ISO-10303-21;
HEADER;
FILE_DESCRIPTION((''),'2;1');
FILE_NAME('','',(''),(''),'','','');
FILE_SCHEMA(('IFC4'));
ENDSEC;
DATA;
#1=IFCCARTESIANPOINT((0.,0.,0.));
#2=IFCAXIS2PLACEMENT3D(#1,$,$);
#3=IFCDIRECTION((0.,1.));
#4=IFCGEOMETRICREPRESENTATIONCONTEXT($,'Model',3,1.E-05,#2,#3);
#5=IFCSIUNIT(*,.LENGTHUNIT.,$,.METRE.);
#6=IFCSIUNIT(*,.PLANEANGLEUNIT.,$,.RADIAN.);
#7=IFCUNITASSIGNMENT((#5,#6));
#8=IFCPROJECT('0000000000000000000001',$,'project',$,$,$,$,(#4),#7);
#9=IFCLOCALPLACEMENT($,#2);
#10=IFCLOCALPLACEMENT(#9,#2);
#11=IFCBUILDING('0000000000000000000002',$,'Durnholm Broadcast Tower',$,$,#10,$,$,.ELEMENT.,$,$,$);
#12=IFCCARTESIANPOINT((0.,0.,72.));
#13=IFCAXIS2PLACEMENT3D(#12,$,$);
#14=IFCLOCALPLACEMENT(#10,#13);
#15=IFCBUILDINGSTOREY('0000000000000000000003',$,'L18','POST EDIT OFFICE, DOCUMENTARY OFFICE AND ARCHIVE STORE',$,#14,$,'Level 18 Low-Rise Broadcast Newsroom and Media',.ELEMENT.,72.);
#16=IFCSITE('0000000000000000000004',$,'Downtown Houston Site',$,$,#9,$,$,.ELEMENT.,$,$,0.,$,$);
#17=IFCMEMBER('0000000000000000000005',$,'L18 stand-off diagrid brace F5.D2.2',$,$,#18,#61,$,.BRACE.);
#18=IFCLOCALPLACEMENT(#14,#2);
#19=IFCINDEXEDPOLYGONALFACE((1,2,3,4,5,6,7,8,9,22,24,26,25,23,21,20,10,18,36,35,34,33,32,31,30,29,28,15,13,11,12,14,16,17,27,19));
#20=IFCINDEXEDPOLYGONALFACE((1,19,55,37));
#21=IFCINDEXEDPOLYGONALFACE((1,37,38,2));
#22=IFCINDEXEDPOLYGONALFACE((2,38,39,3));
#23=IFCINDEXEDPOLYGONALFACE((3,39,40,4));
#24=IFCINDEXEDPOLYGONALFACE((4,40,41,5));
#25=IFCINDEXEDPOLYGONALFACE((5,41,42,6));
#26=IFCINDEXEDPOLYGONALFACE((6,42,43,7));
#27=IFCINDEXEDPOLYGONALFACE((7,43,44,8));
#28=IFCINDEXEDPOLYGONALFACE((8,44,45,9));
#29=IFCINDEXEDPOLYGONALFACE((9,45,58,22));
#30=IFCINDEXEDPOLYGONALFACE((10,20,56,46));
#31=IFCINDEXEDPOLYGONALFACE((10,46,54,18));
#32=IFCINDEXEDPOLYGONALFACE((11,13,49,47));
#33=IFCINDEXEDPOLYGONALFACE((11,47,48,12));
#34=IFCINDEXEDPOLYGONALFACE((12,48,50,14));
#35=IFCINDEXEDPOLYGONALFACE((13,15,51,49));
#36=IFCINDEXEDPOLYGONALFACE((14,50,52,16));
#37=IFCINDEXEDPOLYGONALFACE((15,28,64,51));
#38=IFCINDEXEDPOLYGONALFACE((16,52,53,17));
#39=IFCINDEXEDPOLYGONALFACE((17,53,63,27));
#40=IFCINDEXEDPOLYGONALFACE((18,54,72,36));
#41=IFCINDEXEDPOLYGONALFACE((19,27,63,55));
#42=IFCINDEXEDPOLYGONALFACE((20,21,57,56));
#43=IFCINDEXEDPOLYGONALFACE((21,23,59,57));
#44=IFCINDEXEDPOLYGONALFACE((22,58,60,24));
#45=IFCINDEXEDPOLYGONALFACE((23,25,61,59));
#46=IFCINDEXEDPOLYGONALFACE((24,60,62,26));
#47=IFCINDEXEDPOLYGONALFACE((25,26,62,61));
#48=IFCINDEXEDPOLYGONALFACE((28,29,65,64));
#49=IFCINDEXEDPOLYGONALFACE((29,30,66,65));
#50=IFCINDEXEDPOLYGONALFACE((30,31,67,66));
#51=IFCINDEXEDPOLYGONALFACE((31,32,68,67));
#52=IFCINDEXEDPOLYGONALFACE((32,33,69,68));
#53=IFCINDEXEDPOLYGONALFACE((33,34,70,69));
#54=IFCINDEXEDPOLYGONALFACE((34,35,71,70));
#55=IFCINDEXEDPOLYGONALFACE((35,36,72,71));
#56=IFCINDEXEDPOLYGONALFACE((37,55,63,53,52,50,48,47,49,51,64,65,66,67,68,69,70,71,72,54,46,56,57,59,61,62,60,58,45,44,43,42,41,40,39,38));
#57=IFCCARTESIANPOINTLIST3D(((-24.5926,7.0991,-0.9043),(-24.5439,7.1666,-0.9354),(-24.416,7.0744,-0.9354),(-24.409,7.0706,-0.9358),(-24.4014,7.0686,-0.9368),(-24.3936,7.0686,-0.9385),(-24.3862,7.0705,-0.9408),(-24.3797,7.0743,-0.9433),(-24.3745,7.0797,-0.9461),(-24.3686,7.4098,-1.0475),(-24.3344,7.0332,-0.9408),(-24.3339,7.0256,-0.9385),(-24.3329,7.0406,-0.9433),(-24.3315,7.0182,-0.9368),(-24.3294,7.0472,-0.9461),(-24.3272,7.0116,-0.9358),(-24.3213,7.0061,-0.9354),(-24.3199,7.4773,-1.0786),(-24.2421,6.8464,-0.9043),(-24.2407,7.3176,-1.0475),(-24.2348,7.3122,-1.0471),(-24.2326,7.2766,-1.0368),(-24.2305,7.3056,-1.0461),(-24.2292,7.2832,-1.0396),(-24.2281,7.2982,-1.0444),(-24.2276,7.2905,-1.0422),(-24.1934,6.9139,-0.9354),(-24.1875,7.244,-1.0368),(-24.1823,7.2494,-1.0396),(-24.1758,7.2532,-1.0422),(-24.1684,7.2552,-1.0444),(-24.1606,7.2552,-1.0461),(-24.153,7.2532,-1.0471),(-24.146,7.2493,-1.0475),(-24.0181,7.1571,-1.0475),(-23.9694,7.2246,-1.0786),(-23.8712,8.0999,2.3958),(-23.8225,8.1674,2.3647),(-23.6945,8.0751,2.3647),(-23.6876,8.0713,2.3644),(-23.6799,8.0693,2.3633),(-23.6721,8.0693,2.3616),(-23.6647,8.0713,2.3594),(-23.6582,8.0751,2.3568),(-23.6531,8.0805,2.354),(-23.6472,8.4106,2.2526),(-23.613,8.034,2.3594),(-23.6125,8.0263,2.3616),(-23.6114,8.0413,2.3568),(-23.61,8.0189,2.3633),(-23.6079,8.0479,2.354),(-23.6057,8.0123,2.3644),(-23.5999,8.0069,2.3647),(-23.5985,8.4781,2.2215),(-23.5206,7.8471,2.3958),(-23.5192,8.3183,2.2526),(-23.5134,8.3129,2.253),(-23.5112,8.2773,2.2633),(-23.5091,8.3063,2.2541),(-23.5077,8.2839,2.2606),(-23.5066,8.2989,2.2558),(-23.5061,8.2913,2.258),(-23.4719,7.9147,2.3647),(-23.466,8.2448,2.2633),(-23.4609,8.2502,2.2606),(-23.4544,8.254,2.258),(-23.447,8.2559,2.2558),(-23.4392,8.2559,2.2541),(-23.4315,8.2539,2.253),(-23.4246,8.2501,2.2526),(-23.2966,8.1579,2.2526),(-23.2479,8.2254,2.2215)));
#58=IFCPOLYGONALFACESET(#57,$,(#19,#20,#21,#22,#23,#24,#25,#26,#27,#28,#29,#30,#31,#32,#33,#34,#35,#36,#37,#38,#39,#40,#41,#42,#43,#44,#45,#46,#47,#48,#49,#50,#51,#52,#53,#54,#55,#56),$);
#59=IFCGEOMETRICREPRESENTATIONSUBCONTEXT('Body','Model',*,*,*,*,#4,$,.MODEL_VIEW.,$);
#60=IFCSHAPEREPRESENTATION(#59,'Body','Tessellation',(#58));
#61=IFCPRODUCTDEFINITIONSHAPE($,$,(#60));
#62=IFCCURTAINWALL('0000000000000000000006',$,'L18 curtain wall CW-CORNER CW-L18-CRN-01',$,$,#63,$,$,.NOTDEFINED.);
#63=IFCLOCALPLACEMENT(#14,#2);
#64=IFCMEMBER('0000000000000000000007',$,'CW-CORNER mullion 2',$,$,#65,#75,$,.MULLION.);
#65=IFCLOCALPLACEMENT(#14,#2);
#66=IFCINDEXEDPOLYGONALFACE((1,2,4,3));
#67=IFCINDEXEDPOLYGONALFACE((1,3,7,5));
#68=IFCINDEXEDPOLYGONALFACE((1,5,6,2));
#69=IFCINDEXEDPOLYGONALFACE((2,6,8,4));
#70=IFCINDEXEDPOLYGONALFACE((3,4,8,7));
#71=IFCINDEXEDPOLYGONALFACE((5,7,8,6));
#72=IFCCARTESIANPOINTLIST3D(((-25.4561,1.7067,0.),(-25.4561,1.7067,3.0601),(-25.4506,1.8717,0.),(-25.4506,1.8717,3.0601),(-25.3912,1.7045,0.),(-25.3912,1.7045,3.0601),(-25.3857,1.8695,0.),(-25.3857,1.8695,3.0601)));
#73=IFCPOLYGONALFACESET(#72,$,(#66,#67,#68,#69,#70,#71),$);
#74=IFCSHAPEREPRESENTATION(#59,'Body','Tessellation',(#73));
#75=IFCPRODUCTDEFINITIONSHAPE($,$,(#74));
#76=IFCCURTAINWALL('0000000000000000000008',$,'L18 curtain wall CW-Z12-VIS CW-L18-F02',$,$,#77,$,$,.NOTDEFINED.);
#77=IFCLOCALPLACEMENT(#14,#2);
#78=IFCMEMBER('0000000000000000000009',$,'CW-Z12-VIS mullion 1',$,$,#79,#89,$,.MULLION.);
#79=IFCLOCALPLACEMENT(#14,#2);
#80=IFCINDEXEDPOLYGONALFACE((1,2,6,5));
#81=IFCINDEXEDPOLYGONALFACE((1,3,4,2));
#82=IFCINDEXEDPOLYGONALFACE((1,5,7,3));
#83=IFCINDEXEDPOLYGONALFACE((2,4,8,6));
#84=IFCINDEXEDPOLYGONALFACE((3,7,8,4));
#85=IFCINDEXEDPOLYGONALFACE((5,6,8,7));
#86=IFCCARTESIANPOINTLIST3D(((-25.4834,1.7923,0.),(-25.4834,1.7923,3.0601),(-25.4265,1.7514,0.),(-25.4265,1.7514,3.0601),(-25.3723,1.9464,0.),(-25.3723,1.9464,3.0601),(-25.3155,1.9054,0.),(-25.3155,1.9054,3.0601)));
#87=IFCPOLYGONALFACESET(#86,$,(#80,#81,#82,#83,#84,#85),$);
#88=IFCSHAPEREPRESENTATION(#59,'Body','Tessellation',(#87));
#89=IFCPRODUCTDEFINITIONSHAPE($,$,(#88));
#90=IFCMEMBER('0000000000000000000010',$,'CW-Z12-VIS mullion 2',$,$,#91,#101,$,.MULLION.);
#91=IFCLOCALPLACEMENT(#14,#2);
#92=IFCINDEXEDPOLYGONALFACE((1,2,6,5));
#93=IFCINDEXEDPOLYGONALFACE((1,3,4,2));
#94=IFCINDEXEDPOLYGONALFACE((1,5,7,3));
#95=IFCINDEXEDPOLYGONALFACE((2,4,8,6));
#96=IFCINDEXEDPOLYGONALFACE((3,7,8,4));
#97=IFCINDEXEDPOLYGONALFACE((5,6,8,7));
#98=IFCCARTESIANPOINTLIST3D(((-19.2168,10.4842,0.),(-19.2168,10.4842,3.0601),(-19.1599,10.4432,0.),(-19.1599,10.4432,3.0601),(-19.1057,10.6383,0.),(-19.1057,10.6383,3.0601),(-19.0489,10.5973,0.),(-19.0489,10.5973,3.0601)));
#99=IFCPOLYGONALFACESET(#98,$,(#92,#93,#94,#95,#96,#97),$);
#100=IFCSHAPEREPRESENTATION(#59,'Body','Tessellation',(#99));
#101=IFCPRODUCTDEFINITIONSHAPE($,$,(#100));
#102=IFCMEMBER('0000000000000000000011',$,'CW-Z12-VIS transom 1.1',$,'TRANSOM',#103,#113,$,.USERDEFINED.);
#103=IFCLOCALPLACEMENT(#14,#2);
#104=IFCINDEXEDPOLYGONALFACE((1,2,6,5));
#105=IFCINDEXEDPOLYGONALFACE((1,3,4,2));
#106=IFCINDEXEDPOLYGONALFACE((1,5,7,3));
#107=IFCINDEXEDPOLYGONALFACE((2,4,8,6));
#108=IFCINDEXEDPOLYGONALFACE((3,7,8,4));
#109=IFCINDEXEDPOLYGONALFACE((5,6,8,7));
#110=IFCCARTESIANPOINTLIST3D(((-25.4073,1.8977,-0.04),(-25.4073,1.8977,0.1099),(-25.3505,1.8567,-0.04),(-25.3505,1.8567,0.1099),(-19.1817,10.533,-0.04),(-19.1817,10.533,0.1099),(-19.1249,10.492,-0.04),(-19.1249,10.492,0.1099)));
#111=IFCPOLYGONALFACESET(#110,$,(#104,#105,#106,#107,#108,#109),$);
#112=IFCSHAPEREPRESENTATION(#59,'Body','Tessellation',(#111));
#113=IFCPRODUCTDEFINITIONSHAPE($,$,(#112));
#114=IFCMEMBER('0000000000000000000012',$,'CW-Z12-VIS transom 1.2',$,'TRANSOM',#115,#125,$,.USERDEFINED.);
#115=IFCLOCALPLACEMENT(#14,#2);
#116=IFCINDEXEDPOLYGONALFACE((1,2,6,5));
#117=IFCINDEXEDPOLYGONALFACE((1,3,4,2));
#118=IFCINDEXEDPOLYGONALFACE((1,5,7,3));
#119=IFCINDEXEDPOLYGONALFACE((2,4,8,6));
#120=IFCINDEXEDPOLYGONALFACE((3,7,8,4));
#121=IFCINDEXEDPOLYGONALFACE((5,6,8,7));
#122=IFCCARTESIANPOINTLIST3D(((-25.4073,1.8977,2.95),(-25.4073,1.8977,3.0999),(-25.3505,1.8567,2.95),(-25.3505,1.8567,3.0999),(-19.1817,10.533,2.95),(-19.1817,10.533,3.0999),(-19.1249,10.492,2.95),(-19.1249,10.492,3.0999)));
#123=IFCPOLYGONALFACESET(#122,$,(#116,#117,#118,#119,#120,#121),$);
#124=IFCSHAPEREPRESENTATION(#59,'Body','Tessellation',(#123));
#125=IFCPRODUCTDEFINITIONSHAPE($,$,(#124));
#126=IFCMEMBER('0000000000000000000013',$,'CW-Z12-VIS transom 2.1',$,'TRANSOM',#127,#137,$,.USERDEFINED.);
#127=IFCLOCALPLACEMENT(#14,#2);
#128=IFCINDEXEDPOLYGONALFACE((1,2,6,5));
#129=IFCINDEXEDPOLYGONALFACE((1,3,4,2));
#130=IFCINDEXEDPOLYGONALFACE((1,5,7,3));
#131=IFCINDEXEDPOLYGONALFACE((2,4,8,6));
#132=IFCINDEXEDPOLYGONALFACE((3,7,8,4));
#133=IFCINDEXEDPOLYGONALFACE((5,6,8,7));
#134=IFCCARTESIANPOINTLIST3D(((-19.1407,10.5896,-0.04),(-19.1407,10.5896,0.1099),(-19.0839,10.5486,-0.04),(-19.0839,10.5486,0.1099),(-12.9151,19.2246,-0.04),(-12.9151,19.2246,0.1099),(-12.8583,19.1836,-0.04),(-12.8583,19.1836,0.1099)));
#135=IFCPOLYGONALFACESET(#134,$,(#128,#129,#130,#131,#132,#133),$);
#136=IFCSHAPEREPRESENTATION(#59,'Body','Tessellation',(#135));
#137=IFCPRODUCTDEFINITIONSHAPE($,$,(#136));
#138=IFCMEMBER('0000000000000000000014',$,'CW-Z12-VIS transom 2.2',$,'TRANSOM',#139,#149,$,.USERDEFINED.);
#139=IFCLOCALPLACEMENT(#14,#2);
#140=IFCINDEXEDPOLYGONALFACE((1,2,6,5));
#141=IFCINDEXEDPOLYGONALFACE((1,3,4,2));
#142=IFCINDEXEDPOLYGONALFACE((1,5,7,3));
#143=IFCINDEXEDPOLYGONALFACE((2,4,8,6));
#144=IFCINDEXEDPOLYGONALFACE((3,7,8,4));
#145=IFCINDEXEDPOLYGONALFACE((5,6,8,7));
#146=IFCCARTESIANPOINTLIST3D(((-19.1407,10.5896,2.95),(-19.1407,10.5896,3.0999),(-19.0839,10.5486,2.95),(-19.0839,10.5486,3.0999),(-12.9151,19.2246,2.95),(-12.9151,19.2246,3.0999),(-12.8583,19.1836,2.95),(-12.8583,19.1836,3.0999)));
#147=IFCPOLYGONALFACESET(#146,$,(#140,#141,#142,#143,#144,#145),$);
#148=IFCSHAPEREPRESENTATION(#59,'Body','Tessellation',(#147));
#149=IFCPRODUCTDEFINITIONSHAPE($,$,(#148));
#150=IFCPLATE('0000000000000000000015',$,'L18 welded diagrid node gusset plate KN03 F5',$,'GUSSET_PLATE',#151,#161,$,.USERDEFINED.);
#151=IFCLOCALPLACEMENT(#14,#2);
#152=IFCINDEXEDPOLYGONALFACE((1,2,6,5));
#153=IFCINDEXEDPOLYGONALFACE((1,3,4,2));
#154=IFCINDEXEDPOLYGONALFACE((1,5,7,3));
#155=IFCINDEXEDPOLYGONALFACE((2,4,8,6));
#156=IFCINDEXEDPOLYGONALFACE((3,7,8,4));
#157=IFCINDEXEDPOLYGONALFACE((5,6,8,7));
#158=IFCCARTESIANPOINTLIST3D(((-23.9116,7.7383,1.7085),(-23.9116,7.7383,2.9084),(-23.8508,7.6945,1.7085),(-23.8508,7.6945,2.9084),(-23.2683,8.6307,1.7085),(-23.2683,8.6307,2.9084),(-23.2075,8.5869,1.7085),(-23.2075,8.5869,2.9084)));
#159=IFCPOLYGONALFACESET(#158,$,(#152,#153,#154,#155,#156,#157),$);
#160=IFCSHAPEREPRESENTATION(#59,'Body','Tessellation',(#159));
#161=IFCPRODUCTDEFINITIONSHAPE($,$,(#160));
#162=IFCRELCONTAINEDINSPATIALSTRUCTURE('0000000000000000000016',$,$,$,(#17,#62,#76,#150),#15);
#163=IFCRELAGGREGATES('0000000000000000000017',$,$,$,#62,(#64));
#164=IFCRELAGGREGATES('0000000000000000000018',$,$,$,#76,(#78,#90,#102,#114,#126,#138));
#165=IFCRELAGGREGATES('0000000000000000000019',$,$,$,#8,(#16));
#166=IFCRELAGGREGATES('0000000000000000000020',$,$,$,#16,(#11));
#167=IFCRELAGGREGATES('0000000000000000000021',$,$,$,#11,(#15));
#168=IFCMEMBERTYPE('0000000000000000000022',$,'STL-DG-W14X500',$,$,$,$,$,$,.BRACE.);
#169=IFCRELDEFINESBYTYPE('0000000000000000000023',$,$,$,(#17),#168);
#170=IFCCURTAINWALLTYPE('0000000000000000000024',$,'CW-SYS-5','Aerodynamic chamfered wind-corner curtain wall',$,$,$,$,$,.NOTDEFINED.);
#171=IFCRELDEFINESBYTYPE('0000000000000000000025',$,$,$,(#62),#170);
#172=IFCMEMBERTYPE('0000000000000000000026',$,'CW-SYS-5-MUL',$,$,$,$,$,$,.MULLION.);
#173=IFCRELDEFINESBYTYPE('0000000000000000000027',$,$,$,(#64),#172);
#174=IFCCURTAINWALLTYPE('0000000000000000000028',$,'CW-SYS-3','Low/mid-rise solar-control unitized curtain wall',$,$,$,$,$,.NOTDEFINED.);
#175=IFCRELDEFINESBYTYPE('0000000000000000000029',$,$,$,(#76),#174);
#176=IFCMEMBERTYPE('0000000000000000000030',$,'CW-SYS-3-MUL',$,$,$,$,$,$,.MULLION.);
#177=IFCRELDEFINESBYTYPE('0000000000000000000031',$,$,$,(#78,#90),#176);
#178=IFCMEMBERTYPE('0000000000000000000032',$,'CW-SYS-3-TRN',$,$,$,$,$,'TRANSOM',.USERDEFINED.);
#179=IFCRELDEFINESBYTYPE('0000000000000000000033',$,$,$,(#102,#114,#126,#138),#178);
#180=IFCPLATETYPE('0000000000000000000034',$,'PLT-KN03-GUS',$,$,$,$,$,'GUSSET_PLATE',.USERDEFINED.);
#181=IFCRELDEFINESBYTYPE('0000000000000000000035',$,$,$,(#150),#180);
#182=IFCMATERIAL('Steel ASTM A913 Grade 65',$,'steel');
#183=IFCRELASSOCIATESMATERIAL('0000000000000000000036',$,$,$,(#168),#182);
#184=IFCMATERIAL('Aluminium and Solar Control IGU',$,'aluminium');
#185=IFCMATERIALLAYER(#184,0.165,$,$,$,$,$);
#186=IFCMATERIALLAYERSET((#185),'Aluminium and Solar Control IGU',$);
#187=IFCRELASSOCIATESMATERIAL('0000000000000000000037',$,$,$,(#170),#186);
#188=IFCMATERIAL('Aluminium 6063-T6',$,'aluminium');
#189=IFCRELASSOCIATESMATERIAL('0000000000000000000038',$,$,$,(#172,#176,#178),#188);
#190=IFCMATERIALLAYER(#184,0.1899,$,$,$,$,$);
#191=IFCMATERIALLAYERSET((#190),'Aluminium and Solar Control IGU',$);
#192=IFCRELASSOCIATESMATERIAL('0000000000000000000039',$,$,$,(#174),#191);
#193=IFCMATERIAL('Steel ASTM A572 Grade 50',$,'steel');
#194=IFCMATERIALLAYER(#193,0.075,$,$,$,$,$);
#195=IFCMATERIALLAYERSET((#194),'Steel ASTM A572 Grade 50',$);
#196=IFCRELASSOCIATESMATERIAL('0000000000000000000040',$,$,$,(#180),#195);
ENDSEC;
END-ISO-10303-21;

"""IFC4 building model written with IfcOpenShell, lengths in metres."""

from ifc_helpers import new_model, si_unit, direction, frame, origin, origin_2d, place, context, subcontext, project, spatial, rectangle, i_section, extrude, source, transform, mapped, material, layer, layer_set, material_profile, profile_set, type_object, type_shapes, element, aggregate, save


model = new_model("IFC4")

# Units and contexts
model_context = context("Model", 3, precision=1e-05, world=origin(), true_north=direction((0.0, 1.0)))
body_context = subcontext(model_context, "Body", "Model", "MODEL_VIEW")
ifc_project = project(units=[si_unit("LENGTHUNIT", "METRE"), si_unit("PLANEANGLEUNIT", "RADIAN")], contexts=[model_context])

# Site, building, storey
site_placement = place(None, origin())
site = spatial("IfcSite", under=ifc_project, at=site_placement, Name="Downtown Houston Site", CompositionType="ELEMENT", RefElevation=0.0)
building_placement = place(site_placement, origin())
building = spatial("IfcBuilding", under=site, at=building_placement, Name="Durnholm Broadcast Tower", CompositionType="ELEMENT")
storey_placement = place(building_placement, frame((0.0, 0.0, 72.0)))
storey = spatial("IfcBuildingStorey", under=building, at=storey_placement, Name="L18", Description="POST EDIT OFFICE, DOCUMENTARY OFFICE AND ARCHIVE STORE", LongName="Level 18 Low-Rise Broadcast Newsroom and Media", CompositionType="ELEMENT", Elevation=72.0)

# Member
ifc_material_1 = material(Name="Steel ASTM A913 Grade 65", Category="steel")
ifc_material_profile_1 = material_profile(ifc_material_1, i_section(OverallWidth=0.4321, OverallDepth=0.4978, WebThickness=0.0557, FlangeThickness=0.0889, FilletRadius=0.0305, at=origin_2d()), Name="W14X500")
ifc_profile_set_1 = profile_set([ifc_material_profile_1], Name="Steel ASTM A913 Grade 65")
member_type_1 = type_object("IfcMemberType", Name="STL-DG-W14X500", PredefinedType="BRACE", material=ifc_profile_set_1)
shared_shape_1 = source(origin(), body_context, "Body", "SweptSolid", [
    extrude(i_section(OverallWidth=0.4321, OverallDepth=0.4978, WebThickness=0.0557, FlangeThickness=0.0889, FilletRadius=0.0305, at=origin_2d()), origin(), (0.0, 0.0, 1.0), 3.5232),
])
type_shapes(member_type_1, [shared_shape_1])
for number, where, z_axis, x_axis, name in (
    (1, (-24.281, 7.1619, -0.9915), (0.204773, 0.284049, 0.936688), (-0.811185, 0.584789, 0.0), "L18 stand-off diagrid brace F5.D2.2"),
):
    element("IfcMember", number, at=place(storey_placement, frame(where, z_axis=z_axis, x_axis=x_axis)), inside=storey, type_object=member_type_1, Name=name, PredefinedType="BRACE", context=body_context, shape_type="MappedRepresentation", body=[
        mapped(shared_shape_1, transform((0.0, 0.0, 0.0), x_axis=(1.0, 0.0, 0.0), y_axis=(0.0, 1.0, 0.0), z_axis=(0.0, 0.0, 1.0), scale=1.0)),
    ])

# Curtain wall, member
ifc_material_2 = material(Name="Aluminium and Solar Control IGU", Category="aluminium")
ifc_layer_1 = layer(ifc_material_2, 0.165)
ifc_layer_set_1 = layer_set([ifc_layer_1], Name="Aluminium and Solar Control IGU")
curtain_wall_type_1 = type_object("IfcCurtainWallType", Name="CW-SYS-5", Description="Aerodynamic chamfered wind-corner curtain wall", PredefinedType="NOTDEFINED", material=ifc_layer_set_1)
curtain_wall_1_placement = place(storey_placement, origin())
curtain_wall_1 = element("IfcCurtainWall", 2, at=curtain_wall_1_placement, inside=storey, type_object=curtain_wall_type_1, Name="L18 curtain wall CW-CORNER CW-L18-CRN-01", PredefinedType="NOTDEFINED")
ifc_material_3 = material(Name="Aluminium 6063-T6", Category="aluminium")
ifc_material_profile_2 = material_profile(ifc_material_3, rectangle(XDim=0.0649, YDim=0.165, at=origin_2d()), Name="CWM65X165")
ifc_profile_set_2 = profile_set([ifc_material_profile_2], Name="Aluminium 6063-T6")
member_type_2 = type_object("IfcMemberType", Name="CW-SYS-5-MUL", PredefinedType="MULLION", material=ifc_profile_set_2)
shared_shape_2 = source(origin(), body_context, "Body", "SweptSolid", [
    extrude(rectangle(XDim=0.0649, YDim=0.165, at=origin_2d()), origin(), (0.0, 0.0, 1.0), 3.0601),
])
type_shapes(member_type_2, [shared_shape_2])
member_1_placement = place(storey_placement, frame((-25.4209, 1.7881, 0.0), z_axis=(0.0, 0.0, 1.0), x_axis=(-0.999427, 0.03384, 0.0)))
member_1 = element("IfcMember", 3, at=member_1_placement, type_object=member_type_2, Name="CW-CORNER mullion 2", PredefinedType="MULLION", context=body_context, shape_type="MappedRepresentation", body=[
    mapped(shared_shape_2, transform((0.0, 0.0, 0.0), x_axis=(1.0, 0.0, 0.0), y_axis=(0.0, 1.0, 0.0), z_axis=(0.0, 0.0, 1.0), scale=1.0)),
])

# Curtain wall, members
ifc_layer_2 = layer(ifc_material_2, 0.1899)
ifc_layer_set_2 = layer_set([ifc_layer_2], Name="Aluminium and Solar Control IGU")
curtain_wall_type_2 = type_object("IfcCurtainWallType", Name="CW-SYS-3", Description="Low/mid-rise solar-control unitized curtain wall", PredefinedType="NOTDEFINED", material=ifc_layer_set_2)
curtain_wall_2_placement = place(storey_placement, origin())
curtain_wall_2 = element("IfcCurtainWall", 4, at=curtain_wall_2_placement, inside=storey, type_object=curtain_wall_type_2, Name="L18 curtain wall CW-Z12-VIS CW-L18-F02", PredefinedType="NOTDEFINED")
ifc_material_profile_3 = material_profile(ifc_material_3, rectangle(XDim=0.0701, YDim=0.1899, at=origin_2d()), Name="CWM70X190")
ifc_profile_set_3 = profile_set([ifc_material_profile_3], Name="Aluminium 6063-T6")
member_type_3 = type_object("IfcMemberType", Name="CW-SYS-3-MUL", PredefinedType="MULLION", material=ifc_profile_set_3)
shared_shape_3 = source(origin(), body_context, "Body", "SweptSolid", [
    extrude(rectangle(XDim=0.0701, YDim=0.1899, at=origin_2d()), origin(), (0.0, 0.0, 1.0), 3.0601),
])
type_shapes(member_type_3, [shared_shape_3])
member_2_placement = place(storey_placement, frame((-25.3994, 1.8489, 0.0), z_axis=(0.0, 0.0, 1.0), x_axis=(-0.811161, 0.584823, 0.0)))
member_2 = element("IfcMember", 5, at=member_2_placement, type_object=member_type_3, Name="CW-Z12-VIS mullion 1", PredefinedType="MULLION", context=body_context, shape_type="MappedRepresentation", body=[
    mapped(shared_shape_3, transform((0.0, 0.0, 0.0), x_axis=(1.0, 0.0, 0.0), y_axis=(0.0, 1.0, 0.0), z_axis=(0.0, 0.0, 1.0), scale=1.0)),
])
member_3_placement = place(storey_placement, frame((-19.1328, 10.5408, 0.0), z_axis=(0.0, 0.0, 1.0), x_axis=(-0.811161, 0.584823, 0.0)))
member_3 = element("IfcMember", 6, at=member_3_placement, type_object=member_type_3, Name="CW-Z12-VIS mullion 2", PredefinedType="MULLION", context=body_context, shape_type="MappedRepresentation", body=[
    mapped(shared_shape_3, transform((0.0, 0.0, 0.0), x_axis=(1.0, 0.0, 0.0), y_axis=(0.0, 1.0, 0.0), z_axis=(0.0, 0.0, 1.0), scale=1.0)),
])
ifc_material_profile_4 = material_profile(ifc_material_3, rectangle(XDim=0.0701, YDim=0.1499, at=origin_2d()), Name="CWT70X150")
ifc_profile_set_4 = profile_set([ifc_material_profile_4], Name="Aluminium 6063-T6")
member_type_4 = type_object("IfcMemberType", Name="CW-SYS-3-TRN", ElementType="TRANSOM", PredefinedType="USERDEFINED", material=ifc_profile_set_4)
shared_shape_4 = source(origin(), body_context, "Body", "SweptSolid", [
    extrude(rectangle(XDim=0.0701, YDim=0.1499, at=origin_2d()), origin(), (0.0, 0.0, 1.0), 10.6455),
])
member_4_placement = place(storey_placement, frame((-25.3789, 1.8772, 0.0349), z_axis=(0.584812, 0.811169, 0.0), x_axis=(-0.811169, 0.584812, 0.0)))
member_4 = element("IfcMember", 7, at=member_4_placement, type_object=member_type_4, Name="CW-Z12-VIS transom 1.1", ObjectType="TRANSOM", PredefinedType="USERDEFINED", context=body_context, shape_type="MappedRepresentation", body=[
    mapped(shared_shape_4, transform((0.0, 0.0, 0.0), x_axis=(1.0, 0.0, 0.0), y_axis=(0.0, 1.0, 0.0), z_axis=(0.0, 0.0, 1.0), scale=1.0)),
])
member_5_placement = place(storey_placement, frame((-25.3789, 1.8772, 3.0249), z_axis=(0.584812, 0.811169, 0.0), x_axis=(-0.811169, 0.584812, 0.0)))
member_5 = element("IfcMember", 8, at=member_5_placement, type_object=member_type_4, Name="CW-Z12-VIS transom 1.2", ObjectType="TRANSOM", PredefinedType="USERDEFINED", context=body_context, shape_type="MappedRepresentation", body=[
    mapped(shared_shape_4, transform((0.0, 0.0, 0.0), x_axis=(1.0, 0.0, 0.0), y_axis=(0.0, 1.0, 0.0), z_axis=(0.0, 0.0, 1.0), scale=1.0)),
])
shared_shape_5 = source(origin(), body_context, "Body", "SweptSolid", [
    extrude(rectangle(XDim=0.0701, YDim=0.1499, at=origin_2d()), origin(), (0.0, 0.0, 1.0), 10.6453),
])
type_shapes(member_type_4, [shared_shape_4, shared_shape_5])
member_6_placement = place(storey_placement, frame((-19.1123, 10.5691, 0.0349), z_axis=(0.584823, 0.811161, 0.0), x_axis=(-0.811161, 0.584823, 0.0)))
member_6 = element("IfcMember", 9, at=member_6_placement, type_object=member_type_4, Name="CW-Z12-VIS transom 2.1", ObjectType="TRANSOM", PredefinedType="USERDEFINED", context=body_context, shape_type="MappedRepresentation", body=[
    mapped(shared_shape_5, transform((0.0, 0.0, 0.0), x_axis=(1.0, 0.0, 0.0), y_axis=(0.0, 1.0, 0.0), z_axis=(0.0, 0.0, 1.0), scale=1.0)),
])
member_7_placement = place(storey_placement, frame((-19.1123, 10.5691, 3.0249), z_axis=(0.584823, 0.811161, 0.0), x_axis=(-0.811161, 0.584823, 0.0)))
member_7 = element("IfcMember", 10, at=member_7_placement, type_object=member_type_4, Name="CW-Z12-VIS transom 2.2", ObjectType="TRANSOM", PredefinedType="USERDEFINED", context=body_context, shape_type="MappedRepresentation", body=[
    mapped(shared_shape_5, transform((0.0, 0.0, 0.0), x_axis=(1.0, 0.0, 0.0), y_axis=(0.0, 1.0, 0.0), z_axis=(0.0, 0.0, 1.0), scale=1.0)),
])

# Plate
ifc_material_4 = material(Name="Steel ASTM A572 Grade 50", Category="steel")
ifc_layer_3 = layer(ifc_material_4, 0.075)
ifc_layer_set_3 = layer_set([ifc_layer_3], Name="Steel ASTM A572 Grade 50")
plate_type_1 = type_object("IfcPlateType", Name="PLT-KN03-GUS", ElementType="GUSSET_PLATE", PredefinedType="USERDEFINED", material=ifc_layer_set_3)
shared_shape_6 = source(origin(), body_context, "Body", "SweptSolid", [
    extrude(rectangle(XDim=1.1001, YDim=0.075, at=origin_2d()), origin(), (0.0, 0.0, 1.0), 1.2),
])
type_shapes(plate_type_1, [shared_shape_6])
plate_1_placement = place(storey_placement, frame((-23.5596, 8.1626, 1.7085), z_axis=(0.0, 0.0, 1.0), x_axis=(-0.584816, -0.811166, 0.0)))
element("IfcPlate", 11, at=plate_1_placement, inside=storey, type_object=plate_type_1, Name="L18 welded diagrid node gusset plate KN03 F5", ObjectType="GUSSET_PLATE", PredefinedType="USERDEFINED", context=body_context, shape_type="MappedRepresentation", body=[
    mapped(shared_shape_6, transform((0.0, 0.0, 0.0), x_axis=(1.0, 0.0, 0.0), y_axis=(0.0, 1.0, 0.0), z_axis=(0.0, 0.0, 1.0), scale=1.0)),
])
aggregate(curtain_wall_1, [member_1])
aggregate(curtain_wall_2, [member_2, member_3, member_4, member_5, member_6, member_7])

save(model, "model.ifc")
